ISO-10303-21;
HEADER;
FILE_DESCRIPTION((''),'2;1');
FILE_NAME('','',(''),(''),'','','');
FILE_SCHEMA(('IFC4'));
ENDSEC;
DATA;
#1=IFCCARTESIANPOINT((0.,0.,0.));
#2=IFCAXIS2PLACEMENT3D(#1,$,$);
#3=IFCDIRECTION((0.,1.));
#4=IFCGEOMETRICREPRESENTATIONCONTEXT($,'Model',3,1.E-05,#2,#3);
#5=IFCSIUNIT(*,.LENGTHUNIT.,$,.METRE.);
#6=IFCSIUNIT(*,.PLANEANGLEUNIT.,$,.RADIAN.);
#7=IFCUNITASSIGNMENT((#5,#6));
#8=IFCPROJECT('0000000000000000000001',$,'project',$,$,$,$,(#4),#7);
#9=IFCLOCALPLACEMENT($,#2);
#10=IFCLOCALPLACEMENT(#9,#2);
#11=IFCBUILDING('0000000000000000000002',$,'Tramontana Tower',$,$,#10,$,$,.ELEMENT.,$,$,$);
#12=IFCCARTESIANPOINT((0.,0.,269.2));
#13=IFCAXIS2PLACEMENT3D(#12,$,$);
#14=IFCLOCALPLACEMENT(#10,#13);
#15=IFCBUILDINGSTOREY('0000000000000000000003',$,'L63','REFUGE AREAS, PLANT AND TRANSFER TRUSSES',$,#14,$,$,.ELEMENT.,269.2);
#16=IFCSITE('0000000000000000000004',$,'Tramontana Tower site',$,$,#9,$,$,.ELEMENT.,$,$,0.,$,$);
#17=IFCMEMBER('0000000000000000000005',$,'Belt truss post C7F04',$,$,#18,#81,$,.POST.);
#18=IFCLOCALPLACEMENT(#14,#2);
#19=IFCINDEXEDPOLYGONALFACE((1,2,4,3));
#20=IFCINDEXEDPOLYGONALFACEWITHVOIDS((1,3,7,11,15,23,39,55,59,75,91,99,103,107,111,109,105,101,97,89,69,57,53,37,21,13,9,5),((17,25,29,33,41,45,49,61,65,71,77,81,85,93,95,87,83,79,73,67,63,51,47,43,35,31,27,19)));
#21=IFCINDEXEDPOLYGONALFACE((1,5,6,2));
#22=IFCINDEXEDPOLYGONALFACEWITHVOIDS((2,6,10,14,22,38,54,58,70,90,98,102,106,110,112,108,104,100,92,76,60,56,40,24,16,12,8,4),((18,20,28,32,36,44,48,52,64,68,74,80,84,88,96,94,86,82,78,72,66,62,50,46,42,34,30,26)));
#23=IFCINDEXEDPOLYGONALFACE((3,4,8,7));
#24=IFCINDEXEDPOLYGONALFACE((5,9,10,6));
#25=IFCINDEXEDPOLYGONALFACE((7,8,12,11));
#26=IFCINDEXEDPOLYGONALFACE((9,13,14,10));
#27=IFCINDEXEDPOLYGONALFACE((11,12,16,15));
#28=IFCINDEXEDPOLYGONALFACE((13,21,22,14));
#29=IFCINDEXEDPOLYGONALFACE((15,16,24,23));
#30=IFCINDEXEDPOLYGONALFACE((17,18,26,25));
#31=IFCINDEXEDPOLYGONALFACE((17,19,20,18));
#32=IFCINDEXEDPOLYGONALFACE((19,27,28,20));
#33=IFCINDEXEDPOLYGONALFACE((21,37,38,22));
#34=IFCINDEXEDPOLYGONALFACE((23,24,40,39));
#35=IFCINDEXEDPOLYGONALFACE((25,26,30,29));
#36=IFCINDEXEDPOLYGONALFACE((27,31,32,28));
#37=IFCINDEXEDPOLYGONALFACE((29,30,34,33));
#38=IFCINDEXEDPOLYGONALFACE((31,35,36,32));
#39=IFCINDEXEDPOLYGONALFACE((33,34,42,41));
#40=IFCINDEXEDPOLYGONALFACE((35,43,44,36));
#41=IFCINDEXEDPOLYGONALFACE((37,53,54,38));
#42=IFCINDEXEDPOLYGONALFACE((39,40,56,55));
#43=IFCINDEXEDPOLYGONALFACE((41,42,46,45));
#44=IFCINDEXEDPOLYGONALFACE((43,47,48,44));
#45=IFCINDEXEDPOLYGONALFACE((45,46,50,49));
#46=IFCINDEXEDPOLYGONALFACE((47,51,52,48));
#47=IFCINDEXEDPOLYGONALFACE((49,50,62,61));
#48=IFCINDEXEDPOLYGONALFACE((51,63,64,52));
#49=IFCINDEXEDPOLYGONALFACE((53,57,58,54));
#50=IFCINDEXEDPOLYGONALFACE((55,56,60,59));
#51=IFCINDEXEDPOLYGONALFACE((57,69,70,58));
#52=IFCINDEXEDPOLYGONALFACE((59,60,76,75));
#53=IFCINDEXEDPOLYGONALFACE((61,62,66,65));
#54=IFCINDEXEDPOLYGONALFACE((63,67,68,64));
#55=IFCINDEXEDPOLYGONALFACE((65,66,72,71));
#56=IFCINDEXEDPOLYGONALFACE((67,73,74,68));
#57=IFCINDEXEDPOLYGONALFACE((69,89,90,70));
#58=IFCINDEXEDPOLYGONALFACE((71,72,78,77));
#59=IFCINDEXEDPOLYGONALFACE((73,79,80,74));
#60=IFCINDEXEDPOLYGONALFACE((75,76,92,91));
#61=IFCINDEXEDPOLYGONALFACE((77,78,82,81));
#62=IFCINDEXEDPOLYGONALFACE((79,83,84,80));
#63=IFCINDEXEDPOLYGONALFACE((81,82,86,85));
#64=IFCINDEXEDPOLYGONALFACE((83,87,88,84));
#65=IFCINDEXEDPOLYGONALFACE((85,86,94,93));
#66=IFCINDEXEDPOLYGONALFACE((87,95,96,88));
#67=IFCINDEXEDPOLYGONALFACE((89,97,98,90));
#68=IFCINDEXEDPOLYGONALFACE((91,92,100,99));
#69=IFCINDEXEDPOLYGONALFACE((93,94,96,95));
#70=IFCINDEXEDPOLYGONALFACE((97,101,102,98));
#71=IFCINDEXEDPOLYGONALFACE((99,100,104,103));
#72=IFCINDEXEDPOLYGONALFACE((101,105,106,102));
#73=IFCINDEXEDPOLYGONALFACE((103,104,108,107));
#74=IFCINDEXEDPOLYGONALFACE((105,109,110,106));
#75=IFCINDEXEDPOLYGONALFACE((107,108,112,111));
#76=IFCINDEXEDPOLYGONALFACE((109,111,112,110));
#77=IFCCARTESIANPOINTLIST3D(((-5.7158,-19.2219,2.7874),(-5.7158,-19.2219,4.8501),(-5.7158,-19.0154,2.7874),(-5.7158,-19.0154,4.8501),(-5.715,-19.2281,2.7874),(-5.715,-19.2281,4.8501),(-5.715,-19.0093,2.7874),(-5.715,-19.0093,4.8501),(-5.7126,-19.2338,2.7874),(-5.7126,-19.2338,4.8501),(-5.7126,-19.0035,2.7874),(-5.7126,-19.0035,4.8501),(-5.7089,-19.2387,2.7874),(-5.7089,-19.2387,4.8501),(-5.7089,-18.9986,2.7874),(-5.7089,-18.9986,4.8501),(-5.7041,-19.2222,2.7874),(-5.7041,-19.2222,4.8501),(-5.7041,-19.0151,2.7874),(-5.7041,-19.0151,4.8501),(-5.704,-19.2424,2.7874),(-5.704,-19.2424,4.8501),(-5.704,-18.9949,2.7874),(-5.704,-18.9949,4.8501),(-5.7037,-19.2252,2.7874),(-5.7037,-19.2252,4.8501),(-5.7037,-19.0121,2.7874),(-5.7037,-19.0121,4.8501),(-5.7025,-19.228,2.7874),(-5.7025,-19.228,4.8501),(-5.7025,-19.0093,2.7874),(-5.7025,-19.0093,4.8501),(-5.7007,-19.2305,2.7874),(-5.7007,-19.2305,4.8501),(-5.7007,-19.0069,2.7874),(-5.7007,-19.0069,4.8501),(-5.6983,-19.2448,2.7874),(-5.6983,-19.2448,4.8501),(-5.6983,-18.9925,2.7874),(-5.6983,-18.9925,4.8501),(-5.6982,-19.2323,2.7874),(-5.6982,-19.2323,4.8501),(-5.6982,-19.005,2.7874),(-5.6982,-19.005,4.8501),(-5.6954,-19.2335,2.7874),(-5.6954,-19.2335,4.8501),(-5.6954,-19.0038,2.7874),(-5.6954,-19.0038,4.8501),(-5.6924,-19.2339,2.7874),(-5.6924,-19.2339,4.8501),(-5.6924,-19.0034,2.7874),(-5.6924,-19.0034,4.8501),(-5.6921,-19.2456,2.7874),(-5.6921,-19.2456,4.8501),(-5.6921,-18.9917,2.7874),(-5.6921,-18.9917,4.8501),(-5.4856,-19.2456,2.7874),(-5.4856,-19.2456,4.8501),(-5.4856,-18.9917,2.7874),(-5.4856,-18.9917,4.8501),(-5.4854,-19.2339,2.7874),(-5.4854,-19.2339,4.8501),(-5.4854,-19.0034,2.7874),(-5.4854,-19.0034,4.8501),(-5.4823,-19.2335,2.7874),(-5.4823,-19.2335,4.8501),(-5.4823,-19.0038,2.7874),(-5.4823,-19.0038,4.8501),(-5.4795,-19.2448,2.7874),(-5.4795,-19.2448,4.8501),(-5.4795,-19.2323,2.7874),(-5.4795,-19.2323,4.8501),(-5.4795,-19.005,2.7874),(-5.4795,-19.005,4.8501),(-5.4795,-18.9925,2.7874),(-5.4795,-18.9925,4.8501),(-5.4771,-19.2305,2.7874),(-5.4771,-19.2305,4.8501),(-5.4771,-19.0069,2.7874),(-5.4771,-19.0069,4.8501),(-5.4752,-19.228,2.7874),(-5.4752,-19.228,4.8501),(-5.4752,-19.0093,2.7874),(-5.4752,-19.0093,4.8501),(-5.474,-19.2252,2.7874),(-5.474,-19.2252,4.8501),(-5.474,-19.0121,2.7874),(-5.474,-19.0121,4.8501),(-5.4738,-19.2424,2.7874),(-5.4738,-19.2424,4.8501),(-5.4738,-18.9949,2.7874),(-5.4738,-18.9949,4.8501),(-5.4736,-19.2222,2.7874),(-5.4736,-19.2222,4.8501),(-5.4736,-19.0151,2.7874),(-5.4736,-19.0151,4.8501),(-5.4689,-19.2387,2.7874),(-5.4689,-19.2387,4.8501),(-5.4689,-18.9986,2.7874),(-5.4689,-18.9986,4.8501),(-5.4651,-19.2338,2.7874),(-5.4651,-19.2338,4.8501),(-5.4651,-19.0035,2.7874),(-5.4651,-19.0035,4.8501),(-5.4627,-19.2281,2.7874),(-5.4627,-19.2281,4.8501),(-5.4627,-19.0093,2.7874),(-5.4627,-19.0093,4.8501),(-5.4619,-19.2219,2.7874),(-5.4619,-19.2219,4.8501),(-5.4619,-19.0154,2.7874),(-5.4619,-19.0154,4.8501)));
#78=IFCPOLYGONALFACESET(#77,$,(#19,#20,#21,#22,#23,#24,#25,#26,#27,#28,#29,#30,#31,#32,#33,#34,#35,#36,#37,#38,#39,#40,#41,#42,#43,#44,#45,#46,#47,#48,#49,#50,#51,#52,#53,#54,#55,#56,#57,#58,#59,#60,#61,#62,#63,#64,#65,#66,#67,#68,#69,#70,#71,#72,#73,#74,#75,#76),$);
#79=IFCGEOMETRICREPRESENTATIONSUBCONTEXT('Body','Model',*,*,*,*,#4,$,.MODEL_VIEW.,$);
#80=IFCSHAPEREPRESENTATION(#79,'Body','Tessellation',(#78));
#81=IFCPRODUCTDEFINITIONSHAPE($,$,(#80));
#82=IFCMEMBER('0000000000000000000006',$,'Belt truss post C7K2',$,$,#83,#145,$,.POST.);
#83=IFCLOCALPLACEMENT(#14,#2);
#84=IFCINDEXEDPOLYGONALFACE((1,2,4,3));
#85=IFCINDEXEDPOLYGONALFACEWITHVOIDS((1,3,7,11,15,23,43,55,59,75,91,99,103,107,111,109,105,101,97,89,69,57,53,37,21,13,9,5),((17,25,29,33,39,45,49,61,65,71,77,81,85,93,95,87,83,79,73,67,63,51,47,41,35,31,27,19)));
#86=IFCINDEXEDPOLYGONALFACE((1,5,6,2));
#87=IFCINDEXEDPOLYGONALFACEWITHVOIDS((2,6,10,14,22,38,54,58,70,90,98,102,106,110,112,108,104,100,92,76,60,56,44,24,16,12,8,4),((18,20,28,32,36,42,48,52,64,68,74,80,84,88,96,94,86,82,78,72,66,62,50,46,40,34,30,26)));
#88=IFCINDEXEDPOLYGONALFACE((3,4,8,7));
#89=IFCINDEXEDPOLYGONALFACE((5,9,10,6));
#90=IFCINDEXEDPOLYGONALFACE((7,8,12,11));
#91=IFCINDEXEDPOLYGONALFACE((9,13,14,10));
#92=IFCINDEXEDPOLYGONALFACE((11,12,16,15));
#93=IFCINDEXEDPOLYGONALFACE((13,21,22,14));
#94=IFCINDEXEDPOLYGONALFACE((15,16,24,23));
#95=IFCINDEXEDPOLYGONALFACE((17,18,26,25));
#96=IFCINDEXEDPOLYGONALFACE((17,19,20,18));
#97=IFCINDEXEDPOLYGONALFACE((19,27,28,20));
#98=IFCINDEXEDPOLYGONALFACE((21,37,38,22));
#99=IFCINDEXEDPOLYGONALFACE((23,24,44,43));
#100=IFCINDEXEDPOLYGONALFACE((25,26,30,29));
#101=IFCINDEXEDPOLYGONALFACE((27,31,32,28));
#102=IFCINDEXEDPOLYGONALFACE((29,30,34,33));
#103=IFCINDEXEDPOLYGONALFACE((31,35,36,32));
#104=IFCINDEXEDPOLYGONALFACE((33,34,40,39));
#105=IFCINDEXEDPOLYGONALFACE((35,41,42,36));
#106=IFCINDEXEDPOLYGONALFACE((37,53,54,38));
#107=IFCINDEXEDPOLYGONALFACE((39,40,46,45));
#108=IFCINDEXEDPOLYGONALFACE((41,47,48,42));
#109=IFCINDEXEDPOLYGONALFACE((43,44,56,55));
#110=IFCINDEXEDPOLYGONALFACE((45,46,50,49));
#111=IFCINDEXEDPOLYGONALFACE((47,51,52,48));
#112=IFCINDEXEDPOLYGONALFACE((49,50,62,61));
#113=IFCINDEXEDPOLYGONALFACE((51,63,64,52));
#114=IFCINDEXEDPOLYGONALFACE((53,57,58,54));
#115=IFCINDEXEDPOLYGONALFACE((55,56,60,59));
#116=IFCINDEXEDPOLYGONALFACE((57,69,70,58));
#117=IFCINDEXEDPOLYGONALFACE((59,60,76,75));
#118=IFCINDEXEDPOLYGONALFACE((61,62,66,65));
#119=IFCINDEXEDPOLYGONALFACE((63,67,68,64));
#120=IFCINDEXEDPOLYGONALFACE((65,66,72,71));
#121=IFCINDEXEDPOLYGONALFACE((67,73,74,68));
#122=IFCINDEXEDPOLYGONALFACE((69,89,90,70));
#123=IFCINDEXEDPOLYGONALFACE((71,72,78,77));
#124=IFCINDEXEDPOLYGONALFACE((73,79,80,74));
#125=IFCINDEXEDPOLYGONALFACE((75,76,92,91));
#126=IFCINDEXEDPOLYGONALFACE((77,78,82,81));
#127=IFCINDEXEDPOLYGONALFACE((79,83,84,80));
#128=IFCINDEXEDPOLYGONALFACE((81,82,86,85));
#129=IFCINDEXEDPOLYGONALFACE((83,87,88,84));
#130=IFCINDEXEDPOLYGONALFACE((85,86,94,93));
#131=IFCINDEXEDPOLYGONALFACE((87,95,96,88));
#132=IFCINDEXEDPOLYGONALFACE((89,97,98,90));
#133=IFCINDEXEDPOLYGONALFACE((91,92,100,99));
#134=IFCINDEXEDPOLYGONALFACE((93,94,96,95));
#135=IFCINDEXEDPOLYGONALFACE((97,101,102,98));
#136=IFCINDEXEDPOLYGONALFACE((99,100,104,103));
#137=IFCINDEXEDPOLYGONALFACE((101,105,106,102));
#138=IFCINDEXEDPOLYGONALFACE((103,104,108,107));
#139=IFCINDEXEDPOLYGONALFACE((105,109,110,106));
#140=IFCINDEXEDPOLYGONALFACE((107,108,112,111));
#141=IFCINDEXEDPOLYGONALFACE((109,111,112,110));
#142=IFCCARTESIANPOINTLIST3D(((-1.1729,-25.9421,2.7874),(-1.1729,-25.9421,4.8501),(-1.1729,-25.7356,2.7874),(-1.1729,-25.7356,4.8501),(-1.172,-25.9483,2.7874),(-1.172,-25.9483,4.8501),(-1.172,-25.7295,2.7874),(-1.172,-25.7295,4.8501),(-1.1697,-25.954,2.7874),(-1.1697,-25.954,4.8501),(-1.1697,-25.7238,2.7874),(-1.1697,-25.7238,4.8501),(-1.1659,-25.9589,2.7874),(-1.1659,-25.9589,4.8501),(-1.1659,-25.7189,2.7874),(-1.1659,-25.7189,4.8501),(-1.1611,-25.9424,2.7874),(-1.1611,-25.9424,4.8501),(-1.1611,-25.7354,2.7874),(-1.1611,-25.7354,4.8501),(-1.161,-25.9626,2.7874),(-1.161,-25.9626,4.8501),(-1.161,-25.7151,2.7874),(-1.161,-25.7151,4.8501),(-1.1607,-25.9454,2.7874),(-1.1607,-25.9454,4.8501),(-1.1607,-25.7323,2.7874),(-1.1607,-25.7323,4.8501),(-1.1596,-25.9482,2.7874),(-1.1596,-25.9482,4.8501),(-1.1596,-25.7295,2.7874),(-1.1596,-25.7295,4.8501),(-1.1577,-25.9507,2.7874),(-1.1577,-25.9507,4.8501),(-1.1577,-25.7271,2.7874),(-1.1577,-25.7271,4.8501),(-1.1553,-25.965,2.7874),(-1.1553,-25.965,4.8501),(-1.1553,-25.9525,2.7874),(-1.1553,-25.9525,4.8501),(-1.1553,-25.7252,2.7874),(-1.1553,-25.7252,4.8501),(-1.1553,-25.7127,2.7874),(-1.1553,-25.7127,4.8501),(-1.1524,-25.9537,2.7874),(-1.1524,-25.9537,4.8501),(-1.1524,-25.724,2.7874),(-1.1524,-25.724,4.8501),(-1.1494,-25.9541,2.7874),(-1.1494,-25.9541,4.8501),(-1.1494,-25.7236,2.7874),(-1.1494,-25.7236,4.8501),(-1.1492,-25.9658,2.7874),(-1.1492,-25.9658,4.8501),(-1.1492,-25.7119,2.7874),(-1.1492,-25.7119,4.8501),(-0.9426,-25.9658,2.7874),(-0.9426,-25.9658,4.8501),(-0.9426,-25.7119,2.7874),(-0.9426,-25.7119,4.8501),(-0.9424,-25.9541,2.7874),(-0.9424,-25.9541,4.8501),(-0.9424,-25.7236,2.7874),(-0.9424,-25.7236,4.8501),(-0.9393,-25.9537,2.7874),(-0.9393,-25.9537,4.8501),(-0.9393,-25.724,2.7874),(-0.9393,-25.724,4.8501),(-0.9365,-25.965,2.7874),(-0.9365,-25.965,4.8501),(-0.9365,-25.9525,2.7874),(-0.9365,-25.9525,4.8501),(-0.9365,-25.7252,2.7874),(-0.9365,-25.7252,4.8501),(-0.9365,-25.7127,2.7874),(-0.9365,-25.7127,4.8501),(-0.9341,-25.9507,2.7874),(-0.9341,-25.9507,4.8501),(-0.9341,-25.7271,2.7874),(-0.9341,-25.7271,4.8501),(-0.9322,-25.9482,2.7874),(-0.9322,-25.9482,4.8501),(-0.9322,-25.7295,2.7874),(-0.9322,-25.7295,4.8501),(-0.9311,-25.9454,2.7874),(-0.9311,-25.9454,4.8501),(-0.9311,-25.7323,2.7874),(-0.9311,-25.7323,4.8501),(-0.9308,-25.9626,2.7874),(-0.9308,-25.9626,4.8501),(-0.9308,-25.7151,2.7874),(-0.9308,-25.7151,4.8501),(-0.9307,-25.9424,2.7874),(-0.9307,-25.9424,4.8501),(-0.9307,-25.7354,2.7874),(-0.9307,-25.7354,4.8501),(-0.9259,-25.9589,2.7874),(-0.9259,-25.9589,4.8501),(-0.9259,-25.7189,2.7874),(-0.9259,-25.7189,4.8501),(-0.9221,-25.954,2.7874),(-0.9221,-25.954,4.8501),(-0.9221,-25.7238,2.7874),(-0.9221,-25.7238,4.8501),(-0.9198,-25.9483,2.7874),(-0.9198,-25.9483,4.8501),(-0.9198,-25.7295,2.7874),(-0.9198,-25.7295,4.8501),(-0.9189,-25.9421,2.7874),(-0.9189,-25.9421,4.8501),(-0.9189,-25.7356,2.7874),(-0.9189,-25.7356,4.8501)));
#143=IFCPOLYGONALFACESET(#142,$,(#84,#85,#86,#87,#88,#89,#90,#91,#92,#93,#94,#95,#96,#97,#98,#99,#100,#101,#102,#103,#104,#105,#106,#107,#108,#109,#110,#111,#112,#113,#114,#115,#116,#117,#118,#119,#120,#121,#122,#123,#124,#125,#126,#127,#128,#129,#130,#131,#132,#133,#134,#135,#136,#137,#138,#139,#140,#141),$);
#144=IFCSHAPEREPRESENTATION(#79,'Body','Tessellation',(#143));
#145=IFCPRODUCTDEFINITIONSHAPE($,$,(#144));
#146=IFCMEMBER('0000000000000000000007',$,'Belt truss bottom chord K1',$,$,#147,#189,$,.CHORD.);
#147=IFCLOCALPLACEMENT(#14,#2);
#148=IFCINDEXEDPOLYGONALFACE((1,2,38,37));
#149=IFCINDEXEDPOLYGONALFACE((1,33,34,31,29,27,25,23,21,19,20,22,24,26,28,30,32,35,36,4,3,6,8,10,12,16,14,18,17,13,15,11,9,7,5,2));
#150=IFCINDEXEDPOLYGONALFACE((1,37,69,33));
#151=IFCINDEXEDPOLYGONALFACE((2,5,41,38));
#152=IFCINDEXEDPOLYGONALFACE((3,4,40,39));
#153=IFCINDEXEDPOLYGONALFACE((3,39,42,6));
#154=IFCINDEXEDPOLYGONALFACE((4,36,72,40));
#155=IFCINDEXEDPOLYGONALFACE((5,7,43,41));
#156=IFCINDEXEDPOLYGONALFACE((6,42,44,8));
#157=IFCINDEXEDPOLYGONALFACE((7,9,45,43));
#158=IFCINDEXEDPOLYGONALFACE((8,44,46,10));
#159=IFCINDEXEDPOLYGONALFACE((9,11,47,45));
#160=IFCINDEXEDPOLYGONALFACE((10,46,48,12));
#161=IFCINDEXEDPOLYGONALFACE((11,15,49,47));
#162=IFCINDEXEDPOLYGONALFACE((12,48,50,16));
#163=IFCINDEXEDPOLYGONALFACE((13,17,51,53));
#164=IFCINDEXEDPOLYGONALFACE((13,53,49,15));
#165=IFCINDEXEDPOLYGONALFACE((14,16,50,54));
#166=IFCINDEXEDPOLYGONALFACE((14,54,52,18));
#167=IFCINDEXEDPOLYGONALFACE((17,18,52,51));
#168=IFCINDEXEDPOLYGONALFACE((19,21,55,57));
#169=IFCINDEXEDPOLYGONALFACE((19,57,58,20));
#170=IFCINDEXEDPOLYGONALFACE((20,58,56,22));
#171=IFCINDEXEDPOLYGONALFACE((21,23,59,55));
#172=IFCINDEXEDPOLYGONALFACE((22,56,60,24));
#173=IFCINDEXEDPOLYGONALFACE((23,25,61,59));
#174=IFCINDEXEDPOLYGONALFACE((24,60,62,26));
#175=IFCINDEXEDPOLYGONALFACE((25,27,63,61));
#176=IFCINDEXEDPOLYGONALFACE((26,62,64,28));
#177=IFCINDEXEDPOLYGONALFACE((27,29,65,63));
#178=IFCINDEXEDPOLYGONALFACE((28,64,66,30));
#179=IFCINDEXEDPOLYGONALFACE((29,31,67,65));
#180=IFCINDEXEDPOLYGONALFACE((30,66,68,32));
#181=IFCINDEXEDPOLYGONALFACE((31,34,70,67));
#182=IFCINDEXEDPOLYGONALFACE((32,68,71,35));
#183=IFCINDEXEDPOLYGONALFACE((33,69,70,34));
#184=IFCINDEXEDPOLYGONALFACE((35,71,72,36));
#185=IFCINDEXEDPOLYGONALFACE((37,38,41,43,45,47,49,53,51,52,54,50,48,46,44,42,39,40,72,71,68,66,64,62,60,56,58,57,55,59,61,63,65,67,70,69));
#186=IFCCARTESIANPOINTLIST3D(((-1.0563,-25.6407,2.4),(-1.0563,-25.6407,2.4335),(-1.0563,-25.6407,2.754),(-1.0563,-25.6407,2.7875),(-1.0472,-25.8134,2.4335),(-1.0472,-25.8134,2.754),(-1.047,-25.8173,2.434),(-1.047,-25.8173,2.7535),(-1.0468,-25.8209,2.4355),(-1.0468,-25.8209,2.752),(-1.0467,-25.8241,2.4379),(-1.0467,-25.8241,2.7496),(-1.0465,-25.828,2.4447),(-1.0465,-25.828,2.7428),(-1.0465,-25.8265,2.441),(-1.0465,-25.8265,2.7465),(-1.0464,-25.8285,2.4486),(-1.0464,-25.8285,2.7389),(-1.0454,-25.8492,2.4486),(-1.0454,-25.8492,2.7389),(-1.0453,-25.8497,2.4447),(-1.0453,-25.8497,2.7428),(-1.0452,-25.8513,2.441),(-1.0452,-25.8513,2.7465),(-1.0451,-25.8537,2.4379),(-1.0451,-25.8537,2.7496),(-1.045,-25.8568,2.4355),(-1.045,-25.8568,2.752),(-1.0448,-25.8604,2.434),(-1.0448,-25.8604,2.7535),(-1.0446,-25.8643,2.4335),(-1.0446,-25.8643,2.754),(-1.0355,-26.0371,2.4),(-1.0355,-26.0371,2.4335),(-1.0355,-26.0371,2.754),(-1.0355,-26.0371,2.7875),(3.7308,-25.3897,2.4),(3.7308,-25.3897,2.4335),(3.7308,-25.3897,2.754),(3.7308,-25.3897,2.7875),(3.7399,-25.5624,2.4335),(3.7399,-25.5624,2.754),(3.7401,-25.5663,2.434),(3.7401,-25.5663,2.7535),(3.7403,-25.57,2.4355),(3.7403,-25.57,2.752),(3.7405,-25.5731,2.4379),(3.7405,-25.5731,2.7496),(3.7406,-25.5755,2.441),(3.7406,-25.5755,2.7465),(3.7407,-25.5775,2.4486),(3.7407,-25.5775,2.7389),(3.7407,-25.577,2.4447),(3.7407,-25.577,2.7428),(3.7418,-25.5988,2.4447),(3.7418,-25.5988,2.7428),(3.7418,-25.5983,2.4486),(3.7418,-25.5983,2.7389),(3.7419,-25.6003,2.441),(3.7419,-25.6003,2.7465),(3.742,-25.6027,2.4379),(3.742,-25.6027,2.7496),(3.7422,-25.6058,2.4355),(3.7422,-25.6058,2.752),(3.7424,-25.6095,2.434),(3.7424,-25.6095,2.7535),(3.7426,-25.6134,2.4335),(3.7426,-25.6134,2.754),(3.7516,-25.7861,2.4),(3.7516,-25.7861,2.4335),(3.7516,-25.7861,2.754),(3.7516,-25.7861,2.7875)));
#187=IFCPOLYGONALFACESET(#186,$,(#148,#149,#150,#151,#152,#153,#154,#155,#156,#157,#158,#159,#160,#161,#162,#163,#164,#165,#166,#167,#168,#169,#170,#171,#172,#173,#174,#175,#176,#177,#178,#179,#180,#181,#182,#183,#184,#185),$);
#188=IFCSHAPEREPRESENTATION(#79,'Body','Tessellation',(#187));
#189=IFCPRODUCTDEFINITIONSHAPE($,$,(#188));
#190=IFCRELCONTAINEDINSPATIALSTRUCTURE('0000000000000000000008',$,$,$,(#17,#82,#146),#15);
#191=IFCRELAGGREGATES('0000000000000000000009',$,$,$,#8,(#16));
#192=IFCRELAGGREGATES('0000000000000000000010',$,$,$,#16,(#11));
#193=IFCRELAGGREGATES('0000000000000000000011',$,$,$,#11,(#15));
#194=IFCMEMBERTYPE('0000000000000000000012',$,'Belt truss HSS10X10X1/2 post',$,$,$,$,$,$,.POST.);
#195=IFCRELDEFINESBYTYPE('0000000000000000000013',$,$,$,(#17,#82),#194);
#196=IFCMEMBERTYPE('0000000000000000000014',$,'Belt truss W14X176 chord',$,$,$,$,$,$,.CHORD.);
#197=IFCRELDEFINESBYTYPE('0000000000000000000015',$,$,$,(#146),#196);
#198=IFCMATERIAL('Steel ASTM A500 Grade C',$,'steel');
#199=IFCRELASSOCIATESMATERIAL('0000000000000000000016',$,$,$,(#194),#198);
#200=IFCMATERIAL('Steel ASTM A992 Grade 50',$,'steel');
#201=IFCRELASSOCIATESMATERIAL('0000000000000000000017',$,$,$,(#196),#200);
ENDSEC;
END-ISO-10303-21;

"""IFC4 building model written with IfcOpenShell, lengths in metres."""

from ifc_helpers import new_model, si_unit, direction, frame, origin, origin_2d, place, context, subcontext, project, spatial, hollow_rectangle, i_section, extrude, material, material_profile, profile_set, type_object, element, save


model = new_model("IFC4")

# Units and contexts
model_context = context("Model", 3, precision=1e-05, world=origin(), true_north=direction((0.0, 1.0)))
body_context = subcontext(model_context, "Body", "Model", "MODEL_VIEW")
ifc_project = project(units=[si_unit("LENGTHUNIT", "METRE"), si_unit("PLANEANGLEUNIT", "RADIAN")], contexts=[model_context])

# Site, building, storey
site_placement = place(None, origin())
site = spatial("IfcSite", under=ifc_project, at=site_placement, Name="Tramontana Tower site", CompositionType="ELEMENT", RefElevation=0.0)
building_placement = place(site_placement, origin())
building = spatial("IfcBuilding", under=site, at=building_placement, Name="Tramontana Tower", CompositionType="ELEMENT")
storey_placement = place(building_placement, frame((0.0, 0.0, 269.2)))
storey = spatial("IfcBuildingStorey", under=building, at=storey_placement, Name="L63", Description="REFUGE AREAS, PLANT AND TRANSFER TRUSSES", CompositionType="ELEMENT", Elevation=269.2)

# Members
ifc_material_1 = material(Name="Steel ASTM A500 Grade C", Category="steel")
ifc_material_profile_1 = material_profile(ifc_material_1, hollow_rectangle(XDim=0.2539, YDim=0.2539, WallThickness=0.0117, InnerFilletRadius=0.0117, OuterFilletRadius=0.0237, at=origin_2d()), Name="HSS10X10X1/2")
ifc_profile_set_1 = profile_set([ifc_material_profile_1], Name="Steel ASTM A500 Grade C")
member_type_1 = type_object("IfcMemberType", Name="Belt truss HSS10X10X1/2 post", PredefinedType="POST", material=ifc_profile_set_1)
for number, where, z_axis, x_axis, name in (
    (1, (-5.5889, -19.1187, 2.7874), (0.0, 0.0, 1.0), (1.0, 0.0, 0.0), "Belt truss post C7F04"),
    (2, (-1.0459, -25.8389, 2.7874), (0.0, 0.0, 1.0), (1.0, 0.0, 0.0), "Belt truss post C7K2"),
):
    element("IfcMember", number, at=place(storey_placement, frame(where, z_axis=z_axis, x_axis=x_axis)), inside=storey, type_object=member_type_1, Name=name, PredefinedType="POST", context=body_context, shape_type="SweptSolid", body=[
        extrude(hollow_rectangle(XDim=0.2539, YDim=0.2539, WallThickness=0.0117, InnerFilletRadius=0.0117, OuterFilletRadius=0.0237, at=origin_2d()), origin(), (0.0, 0.0, 1.0), 2.0627),
    ])
ifc_material_2 = material(Name="Steel ASTM A992 Grade 50", Category="steel")
ifc_material_profile_2 = material_profile(ifc_material_2, i_section(OverallWidth=0.397, OverallDepth=0.3875, WebThickness=0.0208, FlangeThickness=0.0334, FilletRadius=0.0151, at=origin_2d()), Name="W14X176")
ifc_profile_set_2 = profile_set([ifc_material_profile_2], Name="Steel ASTM A992 Grade 50")
member_type_2 = type_object("IfcMemberType", Name="Belt truss W14X176 chord", PredefinedType="CHORD", material=ifc_profile_set_2)
for number, where, z_axis, x_axis, name in (
    (3, (-1.0459, -25.8389, 2.5938), (0.998629, 0.052356, 0.0), (-0.052356, 0.998629, 0.0), "Belt truss bottom chord K1"),
):
    element("IfcMember", number, at=place(storey_placement, frame(where, z_axis=z_axis, x_axis=x_axis)), inside=storey, type_object=member_type_2, Name=name, PredefinedType="CHORD", context=body_context, shape_type="SweptSolid", body=[
        extrude(i_section(OverallWidth=0.397, OverallDepth=0.3875, WebThickness=0.0208, FlangeThickness=0.0334, FilletRadius=0.0151, at=origin_2d()), origin(), (0.0, 0.0, 1.0), 4.7937),
    ])

save(model, "model.ifc")
